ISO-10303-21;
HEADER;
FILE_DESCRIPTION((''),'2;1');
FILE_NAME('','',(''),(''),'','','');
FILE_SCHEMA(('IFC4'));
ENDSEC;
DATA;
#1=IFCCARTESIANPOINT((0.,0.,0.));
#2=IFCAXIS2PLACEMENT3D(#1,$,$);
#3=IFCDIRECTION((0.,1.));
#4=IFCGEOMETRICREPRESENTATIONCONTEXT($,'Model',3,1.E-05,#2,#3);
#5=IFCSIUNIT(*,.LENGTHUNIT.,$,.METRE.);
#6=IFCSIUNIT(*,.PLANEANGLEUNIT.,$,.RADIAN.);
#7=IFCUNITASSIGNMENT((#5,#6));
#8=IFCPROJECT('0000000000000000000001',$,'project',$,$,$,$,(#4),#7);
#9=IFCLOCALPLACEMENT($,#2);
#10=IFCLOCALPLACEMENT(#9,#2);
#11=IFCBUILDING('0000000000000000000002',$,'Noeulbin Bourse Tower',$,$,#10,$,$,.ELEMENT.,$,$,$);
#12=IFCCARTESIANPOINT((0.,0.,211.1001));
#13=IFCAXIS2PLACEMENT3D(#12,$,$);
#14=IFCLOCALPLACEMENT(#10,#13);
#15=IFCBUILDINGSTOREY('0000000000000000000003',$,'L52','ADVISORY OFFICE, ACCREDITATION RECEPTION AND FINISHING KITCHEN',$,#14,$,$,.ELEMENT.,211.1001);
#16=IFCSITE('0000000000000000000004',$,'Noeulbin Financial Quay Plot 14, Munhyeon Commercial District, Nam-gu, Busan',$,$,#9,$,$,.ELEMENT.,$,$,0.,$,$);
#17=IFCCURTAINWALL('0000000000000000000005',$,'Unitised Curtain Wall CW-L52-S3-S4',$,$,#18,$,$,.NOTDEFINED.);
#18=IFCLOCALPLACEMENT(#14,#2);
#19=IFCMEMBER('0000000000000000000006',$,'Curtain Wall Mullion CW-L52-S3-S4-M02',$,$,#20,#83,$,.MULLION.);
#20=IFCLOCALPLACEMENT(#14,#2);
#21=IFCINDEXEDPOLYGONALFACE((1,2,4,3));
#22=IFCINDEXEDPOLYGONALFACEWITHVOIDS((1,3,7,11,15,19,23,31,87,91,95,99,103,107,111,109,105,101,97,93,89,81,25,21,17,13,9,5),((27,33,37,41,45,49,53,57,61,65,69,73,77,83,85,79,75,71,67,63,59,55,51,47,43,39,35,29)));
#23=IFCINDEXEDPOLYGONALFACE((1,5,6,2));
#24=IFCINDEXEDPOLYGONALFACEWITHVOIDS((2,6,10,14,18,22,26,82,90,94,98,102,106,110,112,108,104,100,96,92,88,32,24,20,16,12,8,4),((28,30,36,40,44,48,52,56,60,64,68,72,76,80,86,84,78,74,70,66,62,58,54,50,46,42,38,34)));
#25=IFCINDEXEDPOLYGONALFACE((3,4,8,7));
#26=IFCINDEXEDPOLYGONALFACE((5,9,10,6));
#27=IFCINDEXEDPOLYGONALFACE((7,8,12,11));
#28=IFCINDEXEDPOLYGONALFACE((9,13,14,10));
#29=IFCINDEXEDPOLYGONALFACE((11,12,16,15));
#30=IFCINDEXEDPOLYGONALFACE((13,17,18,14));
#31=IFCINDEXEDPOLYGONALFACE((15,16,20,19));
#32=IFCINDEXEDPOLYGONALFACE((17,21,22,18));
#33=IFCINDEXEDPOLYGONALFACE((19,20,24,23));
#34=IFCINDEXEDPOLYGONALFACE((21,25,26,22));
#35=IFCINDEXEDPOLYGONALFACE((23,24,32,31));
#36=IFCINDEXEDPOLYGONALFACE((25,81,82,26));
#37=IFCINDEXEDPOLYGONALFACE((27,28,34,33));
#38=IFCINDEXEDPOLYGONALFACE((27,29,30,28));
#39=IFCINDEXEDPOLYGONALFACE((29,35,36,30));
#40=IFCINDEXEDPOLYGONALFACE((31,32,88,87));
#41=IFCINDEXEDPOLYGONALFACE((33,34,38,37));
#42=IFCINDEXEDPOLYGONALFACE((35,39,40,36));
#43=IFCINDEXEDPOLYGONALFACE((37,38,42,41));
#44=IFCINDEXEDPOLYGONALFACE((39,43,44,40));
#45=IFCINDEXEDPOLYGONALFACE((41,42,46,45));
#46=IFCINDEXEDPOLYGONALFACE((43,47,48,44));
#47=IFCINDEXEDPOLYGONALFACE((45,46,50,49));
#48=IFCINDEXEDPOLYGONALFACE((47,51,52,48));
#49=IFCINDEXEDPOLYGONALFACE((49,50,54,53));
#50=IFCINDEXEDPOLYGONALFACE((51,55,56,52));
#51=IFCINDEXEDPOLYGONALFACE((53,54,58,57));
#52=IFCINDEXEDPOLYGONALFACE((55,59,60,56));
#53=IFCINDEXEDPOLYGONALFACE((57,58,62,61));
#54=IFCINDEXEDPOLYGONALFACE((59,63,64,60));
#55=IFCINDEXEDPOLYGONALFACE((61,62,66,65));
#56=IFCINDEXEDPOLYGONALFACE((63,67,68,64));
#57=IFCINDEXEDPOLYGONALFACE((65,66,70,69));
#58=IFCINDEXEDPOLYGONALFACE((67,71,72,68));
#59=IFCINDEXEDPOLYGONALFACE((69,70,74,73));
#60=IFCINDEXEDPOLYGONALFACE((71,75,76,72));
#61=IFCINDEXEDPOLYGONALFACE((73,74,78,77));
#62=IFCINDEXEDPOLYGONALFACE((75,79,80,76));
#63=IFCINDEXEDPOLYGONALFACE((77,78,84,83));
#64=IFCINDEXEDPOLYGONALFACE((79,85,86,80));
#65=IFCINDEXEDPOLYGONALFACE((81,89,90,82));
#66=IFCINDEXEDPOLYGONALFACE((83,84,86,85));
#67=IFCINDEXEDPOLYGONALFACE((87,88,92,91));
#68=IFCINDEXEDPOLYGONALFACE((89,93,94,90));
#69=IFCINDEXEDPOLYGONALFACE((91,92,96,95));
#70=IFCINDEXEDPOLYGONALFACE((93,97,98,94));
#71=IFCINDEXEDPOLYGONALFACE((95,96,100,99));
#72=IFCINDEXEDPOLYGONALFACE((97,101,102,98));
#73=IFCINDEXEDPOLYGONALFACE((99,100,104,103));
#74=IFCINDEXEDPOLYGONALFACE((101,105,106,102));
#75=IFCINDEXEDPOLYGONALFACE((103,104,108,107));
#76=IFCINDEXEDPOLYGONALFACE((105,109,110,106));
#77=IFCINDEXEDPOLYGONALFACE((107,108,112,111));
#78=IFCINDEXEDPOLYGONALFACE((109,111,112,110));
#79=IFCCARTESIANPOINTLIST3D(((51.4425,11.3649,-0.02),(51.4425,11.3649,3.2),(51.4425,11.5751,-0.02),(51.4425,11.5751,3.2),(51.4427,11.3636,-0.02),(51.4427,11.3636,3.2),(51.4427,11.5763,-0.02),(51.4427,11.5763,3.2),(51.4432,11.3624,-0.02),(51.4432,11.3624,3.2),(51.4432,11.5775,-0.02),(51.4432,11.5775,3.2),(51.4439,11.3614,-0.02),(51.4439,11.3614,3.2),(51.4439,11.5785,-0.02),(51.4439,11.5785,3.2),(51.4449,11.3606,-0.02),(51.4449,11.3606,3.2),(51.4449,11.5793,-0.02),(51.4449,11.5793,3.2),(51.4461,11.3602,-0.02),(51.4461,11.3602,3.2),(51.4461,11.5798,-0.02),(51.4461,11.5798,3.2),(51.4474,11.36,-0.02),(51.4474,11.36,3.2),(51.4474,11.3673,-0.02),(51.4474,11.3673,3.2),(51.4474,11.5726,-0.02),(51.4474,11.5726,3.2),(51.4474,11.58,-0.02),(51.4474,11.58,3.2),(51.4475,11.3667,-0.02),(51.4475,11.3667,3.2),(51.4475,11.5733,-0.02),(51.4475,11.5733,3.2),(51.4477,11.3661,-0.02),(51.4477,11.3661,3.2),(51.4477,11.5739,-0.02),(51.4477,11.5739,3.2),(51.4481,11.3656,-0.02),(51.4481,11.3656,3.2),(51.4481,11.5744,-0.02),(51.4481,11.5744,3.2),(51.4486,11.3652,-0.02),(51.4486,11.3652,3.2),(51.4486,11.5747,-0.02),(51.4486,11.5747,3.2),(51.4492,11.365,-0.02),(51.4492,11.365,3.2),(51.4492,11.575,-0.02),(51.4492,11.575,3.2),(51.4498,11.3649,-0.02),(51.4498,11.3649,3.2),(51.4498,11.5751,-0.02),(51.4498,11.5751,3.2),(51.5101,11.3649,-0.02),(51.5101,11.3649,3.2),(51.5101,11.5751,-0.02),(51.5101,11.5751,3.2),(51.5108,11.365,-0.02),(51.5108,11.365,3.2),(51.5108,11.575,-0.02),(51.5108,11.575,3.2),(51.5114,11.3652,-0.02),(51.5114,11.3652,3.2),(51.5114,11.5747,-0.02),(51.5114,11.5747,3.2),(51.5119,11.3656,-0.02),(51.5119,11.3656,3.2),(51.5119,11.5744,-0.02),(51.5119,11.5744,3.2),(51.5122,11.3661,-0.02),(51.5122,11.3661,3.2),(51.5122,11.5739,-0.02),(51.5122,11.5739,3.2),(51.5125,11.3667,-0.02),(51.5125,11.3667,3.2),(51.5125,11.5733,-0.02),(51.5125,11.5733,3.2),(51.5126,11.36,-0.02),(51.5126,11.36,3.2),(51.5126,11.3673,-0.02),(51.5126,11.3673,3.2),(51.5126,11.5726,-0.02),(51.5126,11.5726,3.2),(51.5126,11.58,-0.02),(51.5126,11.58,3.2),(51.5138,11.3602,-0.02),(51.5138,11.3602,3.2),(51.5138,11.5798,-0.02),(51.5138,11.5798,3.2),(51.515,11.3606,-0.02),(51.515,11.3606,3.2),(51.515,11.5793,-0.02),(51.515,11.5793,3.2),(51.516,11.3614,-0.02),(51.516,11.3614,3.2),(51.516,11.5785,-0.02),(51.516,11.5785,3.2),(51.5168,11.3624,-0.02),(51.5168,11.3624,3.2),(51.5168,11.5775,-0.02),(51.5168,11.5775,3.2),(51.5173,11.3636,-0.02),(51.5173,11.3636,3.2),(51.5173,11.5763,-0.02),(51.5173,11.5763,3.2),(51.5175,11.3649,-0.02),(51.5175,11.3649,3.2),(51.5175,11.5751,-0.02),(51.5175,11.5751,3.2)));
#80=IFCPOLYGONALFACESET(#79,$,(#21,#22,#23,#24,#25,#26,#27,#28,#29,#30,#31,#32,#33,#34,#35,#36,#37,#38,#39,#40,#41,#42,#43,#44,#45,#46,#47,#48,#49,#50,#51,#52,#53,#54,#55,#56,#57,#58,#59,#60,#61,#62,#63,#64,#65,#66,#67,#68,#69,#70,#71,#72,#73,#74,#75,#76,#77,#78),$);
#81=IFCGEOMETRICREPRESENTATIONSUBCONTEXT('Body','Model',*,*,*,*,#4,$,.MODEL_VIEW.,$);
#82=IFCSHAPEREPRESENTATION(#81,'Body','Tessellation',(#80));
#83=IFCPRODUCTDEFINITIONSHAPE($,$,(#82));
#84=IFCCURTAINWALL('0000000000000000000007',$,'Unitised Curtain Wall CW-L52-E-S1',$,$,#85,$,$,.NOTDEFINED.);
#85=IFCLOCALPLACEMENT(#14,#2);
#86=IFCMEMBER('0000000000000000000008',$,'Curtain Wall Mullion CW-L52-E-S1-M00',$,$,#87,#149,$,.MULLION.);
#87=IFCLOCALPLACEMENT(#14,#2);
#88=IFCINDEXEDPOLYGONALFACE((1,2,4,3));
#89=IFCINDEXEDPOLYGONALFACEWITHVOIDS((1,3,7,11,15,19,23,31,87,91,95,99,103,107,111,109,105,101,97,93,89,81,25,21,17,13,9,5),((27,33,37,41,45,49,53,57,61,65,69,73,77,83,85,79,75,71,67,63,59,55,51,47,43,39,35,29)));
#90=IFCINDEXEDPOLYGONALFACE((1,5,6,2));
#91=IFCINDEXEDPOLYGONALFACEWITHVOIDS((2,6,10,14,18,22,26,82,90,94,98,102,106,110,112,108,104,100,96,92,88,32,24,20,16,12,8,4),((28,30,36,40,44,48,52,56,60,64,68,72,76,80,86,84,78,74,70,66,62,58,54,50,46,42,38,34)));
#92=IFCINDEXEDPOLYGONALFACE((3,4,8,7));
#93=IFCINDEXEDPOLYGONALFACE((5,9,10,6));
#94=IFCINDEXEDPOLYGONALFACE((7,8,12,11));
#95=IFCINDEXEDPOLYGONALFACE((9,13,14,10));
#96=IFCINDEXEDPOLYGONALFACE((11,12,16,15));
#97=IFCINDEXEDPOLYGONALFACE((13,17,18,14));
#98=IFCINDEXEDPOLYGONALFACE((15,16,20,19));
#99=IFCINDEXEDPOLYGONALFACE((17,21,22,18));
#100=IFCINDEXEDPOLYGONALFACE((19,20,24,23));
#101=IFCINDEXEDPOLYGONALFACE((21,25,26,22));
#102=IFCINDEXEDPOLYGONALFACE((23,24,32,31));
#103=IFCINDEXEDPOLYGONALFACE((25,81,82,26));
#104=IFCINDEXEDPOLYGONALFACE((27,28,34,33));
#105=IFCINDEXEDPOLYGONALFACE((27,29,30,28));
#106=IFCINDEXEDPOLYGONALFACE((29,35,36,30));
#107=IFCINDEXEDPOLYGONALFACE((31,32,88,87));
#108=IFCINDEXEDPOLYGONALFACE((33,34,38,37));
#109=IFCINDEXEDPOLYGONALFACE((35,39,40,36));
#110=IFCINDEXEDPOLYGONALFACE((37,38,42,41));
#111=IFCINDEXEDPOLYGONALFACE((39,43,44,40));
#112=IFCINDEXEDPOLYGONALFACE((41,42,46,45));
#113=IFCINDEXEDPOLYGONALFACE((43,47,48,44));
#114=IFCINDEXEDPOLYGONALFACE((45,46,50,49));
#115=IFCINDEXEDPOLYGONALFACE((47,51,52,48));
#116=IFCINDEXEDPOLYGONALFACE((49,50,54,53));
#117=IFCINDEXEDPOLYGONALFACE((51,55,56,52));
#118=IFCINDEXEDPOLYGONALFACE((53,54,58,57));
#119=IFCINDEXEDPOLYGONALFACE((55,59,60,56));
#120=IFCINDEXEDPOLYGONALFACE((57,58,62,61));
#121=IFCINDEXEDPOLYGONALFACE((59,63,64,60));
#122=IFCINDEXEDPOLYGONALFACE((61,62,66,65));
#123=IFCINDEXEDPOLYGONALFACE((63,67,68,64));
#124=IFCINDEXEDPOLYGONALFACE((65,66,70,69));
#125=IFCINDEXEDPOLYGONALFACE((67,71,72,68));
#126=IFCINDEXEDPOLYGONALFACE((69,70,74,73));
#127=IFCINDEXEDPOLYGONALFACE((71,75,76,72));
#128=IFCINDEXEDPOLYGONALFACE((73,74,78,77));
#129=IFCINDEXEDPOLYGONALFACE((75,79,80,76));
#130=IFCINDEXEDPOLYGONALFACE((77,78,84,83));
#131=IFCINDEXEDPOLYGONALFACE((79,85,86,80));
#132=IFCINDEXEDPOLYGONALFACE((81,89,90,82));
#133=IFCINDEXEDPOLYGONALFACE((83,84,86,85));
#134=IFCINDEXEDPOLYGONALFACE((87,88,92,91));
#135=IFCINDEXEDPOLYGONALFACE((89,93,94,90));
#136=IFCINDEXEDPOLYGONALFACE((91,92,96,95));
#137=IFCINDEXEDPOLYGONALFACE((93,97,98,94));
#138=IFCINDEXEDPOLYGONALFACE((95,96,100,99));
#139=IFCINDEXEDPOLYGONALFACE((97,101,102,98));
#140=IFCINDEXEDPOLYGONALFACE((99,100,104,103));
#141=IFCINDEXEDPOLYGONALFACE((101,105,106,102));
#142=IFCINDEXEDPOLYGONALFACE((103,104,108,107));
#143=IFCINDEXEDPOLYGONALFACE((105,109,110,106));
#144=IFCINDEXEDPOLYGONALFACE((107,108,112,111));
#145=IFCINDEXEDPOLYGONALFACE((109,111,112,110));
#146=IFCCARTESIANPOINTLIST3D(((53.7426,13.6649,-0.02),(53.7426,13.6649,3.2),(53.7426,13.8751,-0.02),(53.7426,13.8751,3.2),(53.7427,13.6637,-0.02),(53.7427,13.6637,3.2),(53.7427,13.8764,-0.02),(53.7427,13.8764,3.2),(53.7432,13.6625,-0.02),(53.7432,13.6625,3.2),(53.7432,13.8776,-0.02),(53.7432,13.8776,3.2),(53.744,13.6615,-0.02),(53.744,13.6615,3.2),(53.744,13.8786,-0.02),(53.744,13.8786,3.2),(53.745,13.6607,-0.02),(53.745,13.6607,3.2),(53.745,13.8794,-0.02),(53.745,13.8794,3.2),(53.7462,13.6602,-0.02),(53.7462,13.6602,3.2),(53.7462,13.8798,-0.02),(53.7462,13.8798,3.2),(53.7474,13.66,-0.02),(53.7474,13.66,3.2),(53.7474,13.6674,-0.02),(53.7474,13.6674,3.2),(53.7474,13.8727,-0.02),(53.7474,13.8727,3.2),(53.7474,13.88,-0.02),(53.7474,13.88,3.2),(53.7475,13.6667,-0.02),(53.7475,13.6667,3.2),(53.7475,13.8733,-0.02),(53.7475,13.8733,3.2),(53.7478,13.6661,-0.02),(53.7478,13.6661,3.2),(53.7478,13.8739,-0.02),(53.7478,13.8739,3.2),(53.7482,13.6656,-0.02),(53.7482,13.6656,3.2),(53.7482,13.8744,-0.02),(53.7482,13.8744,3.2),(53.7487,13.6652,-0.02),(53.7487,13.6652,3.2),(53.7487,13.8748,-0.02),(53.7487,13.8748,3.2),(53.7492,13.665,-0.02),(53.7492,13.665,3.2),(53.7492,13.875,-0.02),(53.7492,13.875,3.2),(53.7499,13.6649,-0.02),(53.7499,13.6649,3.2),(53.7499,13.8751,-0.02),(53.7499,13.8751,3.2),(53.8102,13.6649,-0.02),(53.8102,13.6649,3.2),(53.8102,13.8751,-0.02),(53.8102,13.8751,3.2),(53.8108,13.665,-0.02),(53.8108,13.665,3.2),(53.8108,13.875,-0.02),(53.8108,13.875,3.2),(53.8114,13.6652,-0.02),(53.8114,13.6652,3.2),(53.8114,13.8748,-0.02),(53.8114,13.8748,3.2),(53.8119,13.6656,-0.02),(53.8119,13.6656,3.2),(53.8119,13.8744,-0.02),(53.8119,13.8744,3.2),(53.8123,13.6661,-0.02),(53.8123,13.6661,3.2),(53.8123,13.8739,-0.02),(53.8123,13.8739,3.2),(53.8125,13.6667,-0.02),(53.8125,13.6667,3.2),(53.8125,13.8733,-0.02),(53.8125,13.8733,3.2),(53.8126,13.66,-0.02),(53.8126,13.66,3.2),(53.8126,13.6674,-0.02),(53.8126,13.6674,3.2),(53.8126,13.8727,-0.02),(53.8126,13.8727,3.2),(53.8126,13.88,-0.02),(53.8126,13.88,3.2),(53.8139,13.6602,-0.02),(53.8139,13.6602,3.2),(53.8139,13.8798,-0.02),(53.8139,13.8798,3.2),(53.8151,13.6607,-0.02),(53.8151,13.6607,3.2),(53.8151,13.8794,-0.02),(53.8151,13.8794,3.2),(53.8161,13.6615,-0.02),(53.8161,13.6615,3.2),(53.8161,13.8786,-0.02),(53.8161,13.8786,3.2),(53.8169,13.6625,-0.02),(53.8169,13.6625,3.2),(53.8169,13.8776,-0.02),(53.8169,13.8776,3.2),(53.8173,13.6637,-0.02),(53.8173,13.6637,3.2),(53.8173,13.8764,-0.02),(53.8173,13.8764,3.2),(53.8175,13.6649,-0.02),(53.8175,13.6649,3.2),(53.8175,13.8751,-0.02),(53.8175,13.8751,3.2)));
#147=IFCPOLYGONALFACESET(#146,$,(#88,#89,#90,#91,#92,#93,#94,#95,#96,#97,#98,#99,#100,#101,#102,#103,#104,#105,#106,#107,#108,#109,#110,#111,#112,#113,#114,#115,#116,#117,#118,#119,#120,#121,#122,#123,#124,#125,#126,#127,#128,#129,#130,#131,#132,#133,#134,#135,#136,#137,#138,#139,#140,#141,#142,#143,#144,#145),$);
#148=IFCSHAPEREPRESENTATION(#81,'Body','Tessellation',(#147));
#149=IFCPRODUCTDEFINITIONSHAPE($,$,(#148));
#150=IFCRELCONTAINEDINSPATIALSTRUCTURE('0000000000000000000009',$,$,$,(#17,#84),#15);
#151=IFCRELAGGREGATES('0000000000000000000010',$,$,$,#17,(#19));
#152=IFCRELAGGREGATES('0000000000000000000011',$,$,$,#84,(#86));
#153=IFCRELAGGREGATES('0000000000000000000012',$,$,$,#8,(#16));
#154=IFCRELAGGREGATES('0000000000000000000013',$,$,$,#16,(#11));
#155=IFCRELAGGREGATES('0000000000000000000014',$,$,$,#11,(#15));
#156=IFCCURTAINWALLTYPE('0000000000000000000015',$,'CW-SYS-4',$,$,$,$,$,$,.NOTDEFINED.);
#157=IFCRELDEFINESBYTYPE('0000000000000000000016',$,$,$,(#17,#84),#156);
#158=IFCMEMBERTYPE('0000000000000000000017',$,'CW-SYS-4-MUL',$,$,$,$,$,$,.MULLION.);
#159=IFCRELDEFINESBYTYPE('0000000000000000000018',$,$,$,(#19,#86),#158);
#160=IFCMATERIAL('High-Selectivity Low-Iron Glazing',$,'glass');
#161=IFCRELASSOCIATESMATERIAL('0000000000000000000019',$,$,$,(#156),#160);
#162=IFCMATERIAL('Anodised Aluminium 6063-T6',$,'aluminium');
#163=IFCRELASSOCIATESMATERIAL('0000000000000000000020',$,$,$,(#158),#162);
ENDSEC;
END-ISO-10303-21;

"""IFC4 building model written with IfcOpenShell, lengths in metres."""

from ifc_helpers import new_model, si_unit, direction, frame, origin, origin_2d, place, context, subcontext, project, spatial, hollow_rectangle, extrude, material, material_profile, profile_set, type_object, element, aggregate, save


model = new_model("IFC4")

# Units and contexts
model_context = context("Model", 3, precision=1e-05, world=origin(), true_north=direction((0.0, 1.0)))
body_context = subcontext(model_context, "Body", "Model", "MODEL_VIEW")
ifc_project = project(units=[si_unit("LENGTHUNIT", "METRE"), si_unit("PLANEANGLEUNIT", "RADIAN")], contexts=[model_context])

# Site, building, storey
site_placement = place(None, origin())
site = spatial("IfcSite", under=ifc_project, at=site_placement, Name="Noeulbin Financial Quay Plot 14, Munhyeon Commercial District, Nam-gu, Busan", CompositionType="ELEMENT", RefElevation=0.0)
building_placement = place(site_placement, origin())
building = spatial("IfcBuilding", under=site, at=building_placement, Name="Noeulbin Bourse Tower", CompositionType="ELEMENT")
storey_placement = place(building_placement, frame((0.0, 0.0, 211.1001)))
storey = spatial("IfcBuildingStorey", under=building, at=storey_placement, Name="L52", Description="ADVISORY OFFICE, ACCREDITATION RECEPTION AND FINISHING KITCHEN", CompositionType="ELEMENT", Elevation=211.1001)

# Curtain walls, members
ifc_material_1 = material(Name="High-Selectivity Low-Iron Glazing", Category="glass")
curtain_wall_type = type_object("IfcCurtainWallType", Name="CW-SYS-4", PredefinedType="NOTDEFINED", material=ifc_material_1)
ifc_material_2 = material(Name="Anodised Aluminium 6063-T6", Category="aluminium")
ifc_material_profile_1 = material_profile(ifc_material_2, hollow_rectangle(XDim=0.075, YDim=0.22, WallThickness=0.0049, InnerFilletRadius=0.0024, OuterFilletRadius=0.0049, at=origin_2d()), Name="ALU-MULL-75x220x5", Category="LoadBearing")
ifc_profile_set_1 = profile_set([ifc_material_profile_1], Name="Anodised Aluminium 6063-T6")
member_type_1 = type_object("IfcMemberType", Name="CW-SYS-4-MUL", PredefinedType="MULLION", material=ifc_profile_set_1)
curtain_wall_1_placement = place(storey_placement, origin())
curtain_wall_1 = element("IfcCurtainWall", 1, at=curtain_wall_1_placement, inside=storey, type_object=curtain_wall_type, Name="Unitised Curtain Wall CW-L52-S3-S4", PredefinedType="NOTDEFINED")
member_1_placement = place(storey_placement, frame((51.48, 11.47, -0.02), z_axis=(0.0, 0.0, 1.0), x_axis=(1.0, 0.0, 0.0)))
member_1 = element("IfcMember", 2, at=member_1_placement, type_object=member_type_1, Name="Curtain Wall Mullion CW-L52-S3-S4-M02", PredefinedType="MULLION", context=body_context, shape_type="SweptSolid", body=[
    extrude(hollow_rectangle(XDim=0.075, YDim=0.22, WallThickness=0.0049, InnerFilletRadius=0.0024, OuterFilletRadius=0.0049, at=origin_2d()), origin(), (0.0, 0.0, 1.0), 3.22),
])
curtain_wall_2_placement = place(storey_placement, origin())
curtain_wall_2 = element("IfcCurtainWall", 3, at=curtain_wall_2_placement, inside=storey, type_object=curtain_wall_type, Name="Unitised Curtain Wall CW-L52-E-S1", PredefinedType="NOTDEFINED")
member_2_placement = place(storey_placement, frame((53.78, 13.77, -0.02), z_axis=(0.0, 0.0, 1.0), x_axis=(1.0, 0.0, 0.0)))
member_2 = element("IfcMember", 4, at=member_2_placement, type_object=member_type_1, Name="Curtain Wall Mullion CW-L52-E-S1-M00", PredefinedType="MULLION", context=body_context, shape_type="SweptSolid", body=[
    extrude(hollow_rectangle(XDim=0.075, YDim=0.22, WallThickness=0.0049, InnerFilletRadius=0.0024, OuterFilletRadius=0.0049, at=origin_2d()), origin(), (0.0, 0.0, 1.0), 3.22),
])

aggregate(curtain_wall_1, [member_1])
aggregate(curtain_wall_2, [member_2])

save(model, "model.ifc")
